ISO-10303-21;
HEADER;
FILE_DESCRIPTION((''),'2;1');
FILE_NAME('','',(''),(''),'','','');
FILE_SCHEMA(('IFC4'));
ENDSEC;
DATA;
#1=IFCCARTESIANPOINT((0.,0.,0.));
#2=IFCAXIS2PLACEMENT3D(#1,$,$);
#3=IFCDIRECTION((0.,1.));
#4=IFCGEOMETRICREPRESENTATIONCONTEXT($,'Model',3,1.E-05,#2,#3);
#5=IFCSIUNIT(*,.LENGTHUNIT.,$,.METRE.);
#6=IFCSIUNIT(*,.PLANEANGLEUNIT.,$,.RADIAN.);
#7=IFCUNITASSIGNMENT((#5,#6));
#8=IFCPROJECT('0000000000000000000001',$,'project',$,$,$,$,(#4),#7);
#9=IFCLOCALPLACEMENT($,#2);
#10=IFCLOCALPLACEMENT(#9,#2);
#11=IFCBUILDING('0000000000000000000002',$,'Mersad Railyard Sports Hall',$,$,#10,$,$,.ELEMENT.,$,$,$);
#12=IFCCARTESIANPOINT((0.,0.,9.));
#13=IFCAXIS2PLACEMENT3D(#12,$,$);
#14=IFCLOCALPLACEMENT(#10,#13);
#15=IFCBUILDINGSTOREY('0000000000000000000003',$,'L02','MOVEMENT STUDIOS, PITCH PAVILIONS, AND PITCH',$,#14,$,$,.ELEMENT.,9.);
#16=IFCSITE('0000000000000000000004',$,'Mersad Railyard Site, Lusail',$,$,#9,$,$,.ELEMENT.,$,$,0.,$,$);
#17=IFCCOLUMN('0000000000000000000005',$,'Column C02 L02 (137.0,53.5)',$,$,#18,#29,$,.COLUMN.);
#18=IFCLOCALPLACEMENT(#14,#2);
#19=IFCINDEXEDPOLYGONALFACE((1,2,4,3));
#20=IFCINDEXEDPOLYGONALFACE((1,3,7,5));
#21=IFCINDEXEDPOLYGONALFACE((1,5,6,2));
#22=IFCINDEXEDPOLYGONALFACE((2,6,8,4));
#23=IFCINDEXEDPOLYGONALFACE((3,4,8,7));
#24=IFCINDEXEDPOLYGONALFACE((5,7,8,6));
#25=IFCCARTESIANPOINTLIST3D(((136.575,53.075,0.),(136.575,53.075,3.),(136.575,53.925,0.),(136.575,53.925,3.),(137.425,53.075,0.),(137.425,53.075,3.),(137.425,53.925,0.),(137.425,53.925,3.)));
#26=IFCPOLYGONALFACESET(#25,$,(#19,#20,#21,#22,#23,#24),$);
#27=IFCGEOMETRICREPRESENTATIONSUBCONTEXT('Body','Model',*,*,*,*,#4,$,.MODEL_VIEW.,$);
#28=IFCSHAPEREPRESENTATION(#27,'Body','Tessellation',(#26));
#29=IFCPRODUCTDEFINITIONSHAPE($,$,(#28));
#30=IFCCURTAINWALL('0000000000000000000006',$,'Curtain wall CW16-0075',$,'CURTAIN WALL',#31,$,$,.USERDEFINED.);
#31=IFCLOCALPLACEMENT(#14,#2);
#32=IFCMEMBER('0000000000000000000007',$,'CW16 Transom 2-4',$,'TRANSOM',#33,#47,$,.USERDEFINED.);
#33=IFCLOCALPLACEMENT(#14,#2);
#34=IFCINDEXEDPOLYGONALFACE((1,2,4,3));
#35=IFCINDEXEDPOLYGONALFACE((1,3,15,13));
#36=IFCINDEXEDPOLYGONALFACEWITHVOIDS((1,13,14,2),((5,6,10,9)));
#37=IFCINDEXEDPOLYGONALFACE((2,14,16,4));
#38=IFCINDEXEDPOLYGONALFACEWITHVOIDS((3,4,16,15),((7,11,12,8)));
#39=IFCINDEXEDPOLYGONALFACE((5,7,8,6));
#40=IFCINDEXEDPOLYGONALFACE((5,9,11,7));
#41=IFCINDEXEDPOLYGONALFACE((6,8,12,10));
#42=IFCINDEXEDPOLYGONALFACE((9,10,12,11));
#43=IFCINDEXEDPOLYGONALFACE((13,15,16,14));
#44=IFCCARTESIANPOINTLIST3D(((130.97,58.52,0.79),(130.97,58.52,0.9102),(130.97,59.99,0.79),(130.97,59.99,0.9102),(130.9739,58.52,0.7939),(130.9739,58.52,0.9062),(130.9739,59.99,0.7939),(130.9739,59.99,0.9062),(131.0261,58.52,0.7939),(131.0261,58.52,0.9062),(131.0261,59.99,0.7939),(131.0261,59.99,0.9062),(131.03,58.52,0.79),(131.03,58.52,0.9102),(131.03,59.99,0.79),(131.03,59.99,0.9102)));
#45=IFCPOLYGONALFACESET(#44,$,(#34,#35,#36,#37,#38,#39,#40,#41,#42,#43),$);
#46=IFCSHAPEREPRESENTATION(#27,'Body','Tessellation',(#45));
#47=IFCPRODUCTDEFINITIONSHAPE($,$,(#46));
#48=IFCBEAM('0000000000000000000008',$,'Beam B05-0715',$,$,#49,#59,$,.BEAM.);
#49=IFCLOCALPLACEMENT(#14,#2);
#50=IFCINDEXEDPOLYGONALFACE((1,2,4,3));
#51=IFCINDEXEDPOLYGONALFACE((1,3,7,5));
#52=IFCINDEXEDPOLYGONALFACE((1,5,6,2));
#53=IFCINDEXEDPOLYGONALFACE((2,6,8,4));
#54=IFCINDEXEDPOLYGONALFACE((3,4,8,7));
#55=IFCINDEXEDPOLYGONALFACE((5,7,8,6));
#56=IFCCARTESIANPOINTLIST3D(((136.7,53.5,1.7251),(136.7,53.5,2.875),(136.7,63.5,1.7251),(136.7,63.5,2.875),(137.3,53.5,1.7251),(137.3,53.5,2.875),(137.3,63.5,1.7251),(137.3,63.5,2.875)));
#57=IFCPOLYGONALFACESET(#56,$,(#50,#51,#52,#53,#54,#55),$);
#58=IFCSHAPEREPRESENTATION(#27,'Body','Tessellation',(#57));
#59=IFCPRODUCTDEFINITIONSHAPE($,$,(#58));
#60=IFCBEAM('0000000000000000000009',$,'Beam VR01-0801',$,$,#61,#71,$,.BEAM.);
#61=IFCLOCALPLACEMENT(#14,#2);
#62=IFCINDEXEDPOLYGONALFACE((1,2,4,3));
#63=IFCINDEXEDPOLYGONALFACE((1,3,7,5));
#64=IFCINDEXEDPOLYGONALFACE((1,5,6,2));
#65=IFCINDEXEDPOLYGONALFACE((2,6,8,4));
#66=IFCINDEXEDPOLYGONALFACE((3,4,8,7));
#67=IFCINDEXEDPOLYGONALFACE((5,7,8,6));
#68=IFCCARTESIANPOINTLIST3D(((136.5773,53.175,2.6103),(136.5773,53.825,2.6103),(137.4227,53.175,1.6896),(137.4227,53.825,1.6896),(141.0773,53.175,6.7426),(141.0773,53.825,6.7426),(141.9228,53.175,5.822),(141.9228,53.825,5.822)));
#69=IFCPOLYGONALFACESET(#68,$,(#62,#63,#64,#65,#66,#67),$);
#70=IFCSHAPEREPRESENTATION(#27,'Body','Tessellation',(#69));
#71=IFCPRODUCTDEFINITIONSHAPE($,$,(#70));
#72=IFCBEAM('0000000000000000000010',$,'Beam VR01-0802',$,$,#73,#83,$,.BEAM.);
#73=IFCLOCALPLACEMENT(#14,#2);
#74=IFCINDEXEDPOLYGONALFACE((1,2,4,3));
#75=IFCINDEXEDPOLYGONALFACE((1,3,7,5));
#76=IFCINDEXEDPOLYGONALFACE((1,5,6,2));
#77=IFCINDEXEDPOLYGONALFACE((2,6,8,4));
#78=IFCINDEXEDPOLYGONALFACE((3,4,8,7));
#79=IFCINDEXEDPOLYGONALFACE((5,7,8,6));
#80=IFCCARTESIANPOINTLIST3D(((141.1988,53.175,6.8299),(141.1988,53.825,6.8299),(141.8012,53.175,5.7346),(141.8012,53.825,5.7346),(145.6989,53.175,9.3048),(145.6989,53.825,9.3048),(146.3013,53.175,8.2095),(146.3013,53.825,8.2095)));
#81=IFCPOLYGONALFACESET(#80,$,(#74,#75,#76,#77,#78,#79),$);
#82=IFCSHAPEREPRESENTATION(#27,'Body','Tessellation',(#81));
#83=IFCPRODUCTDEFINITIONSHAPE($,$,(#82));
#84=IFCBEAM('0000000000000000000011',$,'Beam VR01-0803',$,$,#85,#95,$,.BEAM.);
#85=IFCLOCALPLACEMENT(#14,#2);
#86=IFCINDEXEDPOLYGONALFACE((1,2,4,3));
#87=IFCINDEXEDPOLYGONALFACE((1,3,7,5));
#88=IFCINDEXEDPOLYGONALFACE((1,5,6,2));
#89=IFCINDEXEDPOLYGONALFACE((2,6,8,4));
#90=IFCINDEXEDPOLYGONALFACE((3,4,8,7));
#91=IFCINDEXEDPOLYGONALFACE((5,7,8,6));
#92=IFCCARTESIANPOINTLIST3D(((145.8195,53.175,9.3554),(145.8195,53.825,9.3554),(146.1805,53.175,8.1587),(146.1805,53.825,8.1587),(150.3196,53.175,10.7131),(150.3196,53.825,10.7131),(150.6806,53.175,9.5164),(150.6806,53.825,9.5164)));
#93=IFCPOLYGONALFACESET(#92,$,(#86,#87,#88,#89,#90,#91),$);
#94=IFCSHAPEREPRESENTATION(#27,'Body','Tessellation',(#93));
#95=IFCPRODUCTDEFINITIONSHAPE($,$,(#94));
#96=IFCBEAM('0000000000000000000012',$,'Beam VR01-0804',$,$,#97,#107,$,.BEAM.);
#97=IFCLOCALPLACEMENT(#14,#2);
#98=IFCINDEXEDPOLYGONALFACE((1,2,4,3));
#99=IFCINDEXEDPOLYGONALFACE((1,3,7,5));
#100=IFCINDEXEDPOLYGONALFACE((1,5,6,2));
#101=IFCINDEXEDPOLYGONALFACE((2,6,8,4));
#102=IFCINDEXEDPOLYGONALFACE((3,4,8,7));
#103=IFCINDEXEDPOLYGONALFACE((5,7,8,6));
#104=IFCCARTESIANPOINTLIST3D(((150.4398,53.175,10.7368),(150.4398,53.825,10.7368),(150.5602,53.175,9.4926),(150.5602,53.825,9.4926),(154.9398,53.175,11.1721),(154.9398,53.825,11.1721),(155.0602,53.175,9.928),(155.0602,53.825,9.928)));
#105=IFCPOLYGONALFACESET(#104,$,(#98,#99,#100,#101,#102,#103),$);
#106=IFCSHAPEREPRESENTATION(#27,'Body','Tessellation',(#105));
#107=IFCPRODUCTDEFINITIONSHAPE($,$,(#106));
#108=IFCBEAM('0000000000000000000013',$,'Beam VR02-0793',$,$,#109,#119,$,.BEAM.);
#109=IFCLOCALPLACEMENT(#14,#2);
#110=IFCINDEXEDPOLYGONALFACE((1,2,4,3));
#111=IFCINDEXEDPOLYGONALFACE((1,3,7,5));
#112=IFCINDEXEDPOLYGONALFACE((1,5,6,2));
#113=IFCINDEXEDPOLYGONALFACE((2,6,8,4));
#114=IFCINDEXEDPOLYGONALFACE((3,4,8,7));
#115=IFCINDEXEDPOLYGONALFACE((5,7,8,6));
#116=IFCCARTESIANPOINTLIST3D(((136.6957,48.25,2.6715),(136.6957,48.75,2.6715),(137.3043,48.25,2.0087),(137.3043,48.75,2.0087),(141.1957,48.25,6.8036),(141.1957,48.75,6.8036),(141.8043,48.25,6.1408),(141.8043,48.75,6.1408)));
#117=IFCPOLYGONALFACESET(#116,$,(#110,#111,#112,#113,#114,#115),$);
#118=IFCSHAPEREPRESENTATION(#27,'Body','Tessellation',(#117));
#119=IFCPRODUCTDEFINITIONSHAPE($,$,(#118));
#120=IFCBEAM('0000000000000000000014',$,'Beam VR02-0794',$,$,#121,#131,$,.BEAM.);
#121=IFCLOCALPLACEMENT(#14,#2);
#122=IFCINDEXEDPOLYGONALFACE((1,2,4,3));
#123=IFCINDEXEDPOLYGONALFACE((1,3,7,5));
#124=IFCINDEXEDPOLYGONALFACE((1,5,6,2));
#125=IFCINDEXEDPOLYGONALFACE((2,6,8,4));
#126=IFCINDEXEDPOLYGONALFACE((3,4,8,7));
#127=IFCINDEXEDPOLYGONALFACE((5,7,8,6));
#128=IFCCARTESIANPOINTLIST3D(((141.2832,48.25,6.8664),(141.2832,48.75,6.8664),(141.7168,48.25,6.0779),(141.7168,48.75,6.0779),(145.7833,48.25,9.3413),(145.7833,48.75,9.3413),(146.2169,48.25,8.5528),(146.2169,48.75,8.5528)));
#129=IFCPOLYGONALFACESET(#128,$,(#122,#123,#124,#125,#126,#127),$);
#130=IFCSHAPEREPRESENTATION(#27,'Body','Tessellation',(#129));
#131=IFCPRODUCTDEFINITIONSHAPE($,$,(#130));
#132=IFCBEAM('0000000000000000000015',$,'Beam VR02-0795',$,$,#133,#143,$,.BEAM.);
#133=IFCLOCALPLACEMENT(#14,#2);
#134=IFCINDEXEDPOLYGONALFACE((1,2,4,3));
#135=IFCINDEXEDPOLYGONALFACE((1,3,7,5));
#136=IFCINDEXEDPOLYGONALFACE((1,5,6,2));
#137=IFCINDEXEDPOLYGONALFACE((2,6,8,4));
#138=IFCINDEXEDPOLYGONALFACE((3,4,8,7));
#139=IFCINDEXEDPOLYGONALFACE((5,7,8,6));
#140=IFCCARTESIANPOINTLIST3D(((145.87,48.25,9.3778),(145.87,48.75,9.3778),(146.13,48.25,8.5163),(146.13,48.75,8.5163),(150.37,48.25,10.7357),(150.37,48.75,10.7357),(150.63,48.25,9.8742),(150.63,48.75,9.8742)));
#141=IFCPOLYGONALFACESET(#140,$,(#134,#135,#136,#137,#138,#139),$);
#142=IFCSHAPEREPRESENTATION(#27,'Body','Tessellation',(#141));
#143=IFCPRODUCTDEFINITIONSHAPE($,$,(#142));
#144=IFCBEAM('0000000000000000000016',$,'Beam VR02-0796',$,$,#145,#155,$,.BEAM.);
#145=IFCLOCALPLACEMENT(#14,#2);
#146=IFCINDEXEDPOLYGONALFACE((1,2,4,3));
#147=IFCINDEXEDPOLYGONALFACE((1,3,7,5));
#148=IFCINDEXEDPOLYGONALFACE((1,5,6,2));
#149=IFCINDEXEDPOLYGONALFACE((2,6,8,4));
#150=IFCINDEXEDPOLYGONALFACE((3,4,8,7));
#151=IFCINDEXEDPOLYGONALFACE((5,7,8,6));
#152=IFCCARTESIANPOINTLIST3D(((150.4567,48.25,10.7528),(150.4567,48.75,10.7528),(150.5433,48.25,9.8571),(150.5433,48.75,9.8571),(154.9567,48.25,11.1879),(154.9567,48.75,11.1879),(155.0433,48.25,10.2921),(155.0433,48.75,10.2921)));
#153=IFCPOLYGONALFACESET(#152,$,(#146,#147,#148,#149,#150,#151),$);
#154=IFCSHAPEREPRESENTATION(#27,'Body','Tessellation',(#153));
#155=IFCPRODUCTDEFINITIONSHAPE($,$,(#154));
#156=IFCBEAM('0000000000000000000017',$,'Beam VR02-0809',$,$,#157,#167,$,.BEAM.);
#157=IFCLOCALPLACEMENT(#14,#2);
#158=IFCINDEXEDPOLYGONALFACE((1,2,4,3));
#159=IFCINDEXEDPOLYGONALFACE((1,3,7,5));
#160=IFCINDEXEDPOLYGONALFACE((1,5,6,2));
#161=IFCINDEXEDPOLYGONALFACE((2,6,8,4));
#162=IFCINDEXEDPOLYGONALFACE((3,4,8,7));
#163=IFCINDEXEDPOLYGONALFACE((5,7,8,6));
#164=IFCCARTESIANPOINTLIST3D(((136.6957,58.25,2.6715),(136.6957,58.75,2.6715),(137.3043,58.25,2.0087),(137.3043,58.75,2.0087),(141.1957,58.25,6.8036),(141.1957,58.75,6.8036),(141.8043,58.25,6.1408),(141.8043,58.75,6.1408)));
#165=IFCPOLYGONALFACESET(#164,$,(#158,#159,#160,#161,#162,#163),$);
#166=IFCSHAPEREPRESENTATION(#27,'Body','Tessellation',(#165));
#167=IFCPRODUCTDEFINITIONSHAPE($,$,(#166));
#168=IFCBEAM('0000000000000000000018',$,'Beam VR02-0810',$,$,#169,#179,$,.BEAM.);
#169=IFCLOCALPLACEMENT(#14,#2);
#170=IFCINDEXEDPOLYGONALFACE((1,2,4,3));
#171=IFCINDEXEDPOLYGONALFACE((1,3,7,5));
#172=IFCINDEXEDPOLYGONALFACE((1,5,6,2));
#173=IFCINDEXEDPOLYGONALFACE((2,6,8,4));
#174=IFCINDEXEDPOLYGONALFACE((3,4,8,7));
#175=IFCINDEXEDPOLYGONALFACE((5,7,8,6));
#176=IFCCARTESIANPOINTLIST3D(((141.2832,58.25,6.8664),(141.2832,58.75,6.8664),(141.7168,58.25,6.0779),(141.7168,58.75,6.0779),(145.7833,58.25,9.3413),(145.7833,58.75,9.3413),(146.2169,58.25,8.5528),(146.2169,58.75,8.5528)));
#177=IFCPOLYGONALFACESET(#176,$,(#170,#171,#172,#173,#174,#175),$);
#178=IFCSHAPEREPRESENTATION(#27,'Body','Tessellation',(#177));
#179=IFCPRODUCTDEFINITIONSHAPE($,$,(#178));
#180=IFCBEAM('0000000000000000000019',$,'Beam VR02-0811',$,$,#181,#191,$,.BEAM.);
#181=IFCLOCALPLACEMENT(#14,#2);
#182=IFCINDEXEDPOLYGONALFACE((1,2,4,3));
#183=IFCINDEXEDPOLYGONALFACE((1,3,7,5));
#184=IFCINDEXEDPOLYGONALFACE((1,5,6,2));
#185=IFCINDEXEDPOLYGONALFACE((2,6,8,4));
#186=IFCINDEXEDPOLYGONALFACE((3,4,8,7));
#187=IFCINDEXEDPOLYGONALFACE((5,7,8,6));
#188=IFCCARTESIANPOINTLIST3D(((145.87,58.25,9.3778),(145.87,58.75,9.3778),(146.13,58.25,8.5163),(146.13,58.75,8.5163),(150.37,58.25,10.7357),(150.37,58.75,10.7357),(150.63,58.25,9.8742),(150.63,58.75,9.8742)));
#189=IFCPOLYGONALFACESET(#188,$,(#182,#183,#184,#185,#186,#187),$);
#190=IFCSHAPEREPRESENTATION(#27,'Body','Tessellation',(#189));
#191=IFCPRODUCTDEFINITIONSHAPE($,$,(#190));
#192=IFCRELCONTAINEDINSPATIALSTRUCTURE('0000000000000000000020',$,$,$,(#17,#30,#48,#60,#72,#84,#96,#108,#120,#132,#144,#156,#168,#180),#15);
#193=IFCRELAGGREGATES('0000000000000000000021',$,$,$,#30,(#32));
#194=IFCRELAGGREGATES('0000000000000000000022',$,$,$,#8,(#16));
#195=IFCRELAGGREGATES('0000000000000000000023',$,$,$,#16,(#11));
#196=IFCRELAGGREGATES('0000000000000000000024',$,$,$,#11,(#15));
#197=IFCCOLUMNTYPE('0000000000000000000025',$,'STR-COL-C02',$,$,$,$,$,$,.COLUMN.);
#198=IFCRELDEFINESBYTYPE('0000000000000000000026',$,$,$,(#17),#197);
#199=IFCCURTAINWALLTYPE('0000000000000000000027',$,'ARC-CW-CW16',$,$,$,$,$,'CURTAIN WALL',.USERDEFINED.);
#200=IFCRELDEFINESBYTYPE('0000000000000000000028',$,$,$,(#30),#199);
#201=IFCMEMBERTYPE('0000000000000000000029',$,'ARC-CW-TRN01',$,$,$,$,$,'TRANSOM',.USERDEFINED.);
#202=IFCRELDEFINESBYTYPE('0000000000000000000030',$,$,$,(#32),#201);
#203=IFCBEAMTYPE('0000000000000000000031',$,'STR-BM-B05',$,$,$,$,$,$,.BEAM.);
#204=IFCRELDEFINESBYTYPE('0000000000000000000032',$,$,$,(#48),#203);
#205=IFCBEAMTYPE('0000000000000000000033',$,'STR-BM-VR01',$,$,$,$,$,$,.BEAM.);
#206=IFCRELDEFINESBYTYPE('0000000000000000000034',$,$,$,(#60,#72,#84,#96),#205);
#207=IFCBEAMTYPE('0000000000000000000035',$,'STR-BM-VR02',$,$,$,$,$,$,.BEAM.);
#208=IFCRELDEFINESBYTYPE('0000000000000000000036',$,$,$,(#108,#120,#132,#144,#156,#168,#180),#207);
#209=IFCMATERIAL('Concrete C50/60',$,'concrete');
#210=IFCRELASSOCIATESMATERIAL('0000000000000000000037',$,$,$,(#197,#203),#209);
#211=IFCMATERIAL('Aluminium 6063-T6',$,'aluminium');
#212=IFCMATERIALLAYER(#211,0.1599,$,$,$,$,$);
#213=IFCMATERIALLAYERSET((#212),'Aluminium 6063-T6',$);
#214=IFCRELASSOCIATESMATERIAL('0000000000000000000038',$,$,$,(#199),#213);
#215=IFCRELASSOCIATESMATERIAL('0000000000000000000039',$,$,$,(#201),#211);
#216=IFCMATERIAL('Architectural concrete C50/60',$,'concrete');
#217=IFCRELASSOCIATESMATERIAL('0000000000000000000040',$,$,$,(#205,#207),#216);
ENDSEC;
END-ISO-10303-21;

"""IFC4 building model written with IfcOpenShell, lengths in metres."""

from ifc_helpers import new_model, si_unit, direction, frame, origin, origin_2d, place, context, subcontext, project, spatial, rectangle, hollow_rectangle, extrude, material, layer, layer_set, material_profile, profile_set, type_object, element, aggregate, save


model = new_model("IFC4")

# Units and contexts
model_context = context("Model", 3, precision=1e-05, world=origin(), true_north=direction((0.0, 1.0)))
body_context = subcontext(model_context, "Body", "Model", "MODEL_VIEW")
ifc_project = project(units=[si_unit("LENGTHUNIT", "METRE"), si_unit("PLANEANGLEUNIT", "RADIAN")], contexts=[model_context])

# Site, building, storey
site_placement = place(None, origin())
site = spatial("IfcSite", under=ifc_project, at=site_placement, Name="Mersad Railyard Site, Lusail", CompositionType="ELEMENT", RefElevation=0.0)
building_placement = place(site_placement, origin())
building = spatial("IfcBuilding", under=site, at=building_placement, Name="Mersad Railyard Sports Hall", CompositionType="ELEMENT")
storey_placement = place(building_placement, frame((0.0, 0.0, 9.0)))
storey = spatial("IfcBuildingStorey", under=building, at=storey_placement, Name="L02", Description="MOVEMENT STUDIOS, PITCH PAVILIONS, AND PITCH", CompositionType="ELEMENT", Elevation=9.0)

# Column
ifc_material_1 = material(Name="Concrete C50/60", Category="concrete")
ifc_material_profile_1 = material_profile(ifc_material_1, rectangle(XDim=0.8501, YDim=0.8501, at=origin_2d()), Name="RC 850x850")
ifc_profile_set_1 = profile_set([ifc_material_profile_1], Name="Concrete C50/60")
column_type = type_object("IfcColumnType", Name="STR-COL-C02", PredefinedType="COLUMN", material=ifc_profile_set_1)
column_placement = place(storey_placement, frame((137.0, 53.5, 0.0), z_axis=(0.0, 0.0, 1.0), x_axis=(1.0, 0.0, 0.0)))
element("IfcColumn", 1, at=column_placement, inside=storey, type_object=column_type, Name="Column C02 L02 (137.0,53.5)", PredefinedType="COLUMN", context=body_context, shape_type="SweptSolid", body=[
    extrude(rectangle(XDim=0.8501, YDim=0.8501, at=origin_2d()), origin(), (0.0, 0.0, 1.0), 3.0),
])

# Curtain wall, member
ifc_material_2 = material(Name="Aluminium 6063-T6", Category="aluminium")
ifc_layer = layer(ifc_material_2, 0.1599)
ifc_layer_set = layer_set([ifc_layer], Name="Aluminium 6063-T6")
curtain_wall_type = type_object("IfcCurtainWallType", Name="ARC-CW-CW16", ElementType="CURTAIN WALL", PredefinedType="USERDEFINED", material=ifc_layer_set)
curtain_wall_placement = place(storey_placement, origin())
curtain_wall = element("IfcCurtainWall", 2, at=curtain_wall_placement, inside=storey, type_object=curtain_wall_type, Name="Curtain wall CW16-0075", ObjectType="CURTAIN WALL", PredefinedType="USERDEFINED")
ifc_material_profile_2 = material_profile(ifc_material_2, hollow_rectangle(XDim=0.0601, YDim=0.1201, WallThickness=0.0039, at=origin_2d()), Name="AL TRANSOM 60x120x4")
ifc_profile_set_2 = profile_set([ifc_material_profile_2], Name="Aluminium 6063-T6")
member_type_1 = type_object("IfcMemberType", Name="ARC-CW-TRN01", ElementType="TRANSOM", PredefinedType="USERDEFINED", material=ifc_profile_set_2)
member_placement = place(storey_placement, frame((131.0, 58.52, 0.8501), z_axis=(0.0, 1.0, 0.0), x_axis=(-1.0, 0.0, 0.0)))
member = element("IfcMember", 3, at=member_placement, type_object=member_type_1, Name="CW16 Transom 2-4", ObjectType="TRANSOM", PredefinedType="USERDEFINED", context=body_context, shape_type="SweptSolid", body=[
    extrude(hollow_rectangle(XDim=0.0601, YDim=0.1201, WallThickness=0.0039, at=origin_2d()), origin(), (0.0, 0.0, 1.0), 1.47),
])
aggregate(curtain_wall, [member])

# Beams
ifc_material_profile_3 = material_profile(ifc_material_1, rectangle(XDim=0.6001, YDim=1.1499, at=origin_2d()), Name="RC 600x1150")
ifc_profile_set_3 = profile_set([ifc_material_profile_3], Name="Concrete C50/60")
beam_type_1 = type_object("IfcBeamType", Name="STR-BM-B05", PredefinedType="BEAM", material=ifc_profile_set_3)
beam_1_placement = place(storey_placement, frame((137.0, 53.5, 2.3), z_axis=(0.0, 1.0, 0.0), x_axis=(-1.0, 0.0, 0.0)))
element("IfcBeam", 4, at=beam_1_placement, inside=storey, type_object=beam_type_1, Name="Beam B05-0715", PredefinedType="BEAM", context=body_context, shape_type="SweptSolid", body=[
    extrude(rectangle(XDim=0.6001, YDim=1.1499, at=origin_2d()), origin(), (0.0, 0.0, 1.0), 10.0),
])
ifc_material_3 = material(Name="Architectural concrete C50/60", Category="concrete")
ifc_material_profile_4 = material_profile(ifc_material_3, rectangle(XDim=0.6499, YDim=1.25, at=origin_2d()), Name="VR 650x1250")
ifc_profile_set_4 = profile_set([ifc_material_profile_4], Name="Architectural concrete C50/60")
beam_type_2 = type_object("IfcBeamType", Name="STR-BM-VR01", PredefinedType="BEAM", material=ifc_profile_set_4)
beam_2_placement = place(storey_placement, frame((137.0, 53.5, 2.1499), z_axis=(0.736557, 0.0, 0.676376), x_axis=(0.0, 1.0, 0.0)))
element("IfcBeam", 5, at=beam_2_placement, inside=storey, type_object=beam_type_2, Name="Beam VR01-0801", PredefinedType="BEAM", context=body_context, shape_type="SweptSolid", body=[
    extrude(rectangle(XDim=0.6499, YDim=1.25, at=origin_2d()), origin(), (0.0, 0.0, 1.0), 6.1096),
])
beam_3_placement = place(storey_placement, frame((141.5, 53.5, 6.2822), z_axis=(0.876228, 0.0, 0.481897), x_axis=(0.0, 1.0, 0.0)))
element("IfcBeam", 6, at=beam_3_placement, inside=storey, type_object=beam_type_2, Name="Beam VR01-0802", PredefinedType="BEAM", context=body_context, shape_type="SweptSolid", body=[
    extrude(rectangle(XDim=0.6499, YDim=1.25, at=origin_2d()), origin(), (0.0, 0.0, 1.0), 5.1357),
])
beam_4_placement = place(storey_placement, frame((146.0, 53.5, 8.7571), z_axis=(0.957376, 0.0, 0.288844), x_axis=(0.0, 1.0, 0.0)))
element("IfcBeam", 7, at=beam_4_placement, inside=storey, type_object=beam_type_2, Name="Beam VR01-0803", PredefinedType="BEAM", context=body_context, shape_type="SweptSolid", body=[
    extrude(rectangle(XDim=0.6499, YDim=1.25, at=origin_2d()), origin(), (0.0, 0.0, 1.0), 4.7004),
])
beam_5_placement = place(storey_placement, frame((150.5, 53.5, 10.1147), z_axis=(0.995354, 0.0, 0.096285), x_axis=(0.0, 1.0, 0.0)))
element("IfcBeam", 8, at=beam_5_placement, inside=storey, type_object=beam_type_2, Name="Beam VR01-0804", PredefinedType="BEAM", context=body_context, shape_type="SweptSolid", body=[
    extrude(rectangle(XDim=0.6499, YDim=1.25, at=origin_2d()), origin(), (0.0, 0.0, 1.0), 4.521),
])
ifc_material_profile_5 = material_profile(ifc_material_3, rectangle(XDim=0.5, YDim=0.8999, at=origin_2d()), Name="VR 500x900")
ifc_profile_set_5 = profile_set([ifc_material_profile_5], Name="Architectural concrete C50/60")
beam_type_3 = type_object("IfcBeamType", Name="STR-BM-VR02", PredefinedType="BEAM", material=ifc_profile_set_5)
beam_6_placement = place(storey_placement, frame((137.0, 48.5, 2.3401), z_axis=(0.736577, 0.0, 0.676354), x_axis=(0.0, 1.0, 0.0)))
element("IfcBeam", 9, at=beam_6_placement, inside=storey, type_object=beam_type_3, Name="Beam VR02-0793", PredefinedType="BEAM", context=body_context, shape_type="SweptSolid", body=[
    extrude(rectangle(XDim=0.5, YDim=0.8999, at=origin_2d()), origin(), (0.0, 0.0, 1.0), 6.1094),
])
beam_7_placement = place(storey_placement, frame((141.5, 48.5, 6.4722), z_axis=(0.876228, 0.0, 0.481897), x_axis=(0.0, 1.0, 0.0)))
element("IfcBeam", 10, at=beam_7_placement, inside=storey, type_object=beam_type_3, Name="Beam VR02-0794", PredefinedType="BEAM", context=body_context, shape_type="SweptSolid", body=[
    extrude(rectangle(XDim=0.5, YDim=0.8999, at=origin_2d()), origin(), (0.0, 0.0, 1.0), 5.1357),
])
beam_8_placement = place(storey_placement, frame((146.0, 48.5, 8.947), z_axis=(0.957362, 0.0, 0.288891), x_axis=(0.0, 1.0, 0.0)))
element("IfcBeam", 11, at=beam_8_placement, inside=storey, type_object=beam_type_3, Name="Beam VR02-0795", PredefinedType="BEAM", context=body_context, shape_type="SweptSolid", body=[
    extrude(rectangle(XDim=0.5, YDim=0.8999, at=origin_2d()), origin(), (0.0, 0.0, 1.0), 4.7004),
])
beam_9_placement = place(storey_placement, frame((150.5, 48.5, 10.3049), z_axis=(0.995359, 0.0, 0.096231), x_axis=(0.0, 1.0, 0.0)))
element("IfcBeam", 12, at=beam_9_placement, inside=storey, type_object=beam_type_3, Name="Beam VR02-0796", PredefinedType="BEAM", context=body_context, shape_type="SweptSolid", body=[
    extrude(rectangle(XDim=0.5, YDim=0.8999, at=origin_2d()), origin(), (0.0, 0.0, 1.0), 4.521),
])
beam_10_placement = place(storey_placement, frame((137.0, 58.5, 2.3401), z_axis=(0.736577, 0.0, 0.676354), x_axis=(0.0, 1.0, 0.0)))
element("IfcBeam", 13, at=beam_10_placement, inside=storey, type_object=beam_type_3, Name="Beam VR02-0809", PredefinedType="BEAM", context=body_context, shape_type="SweptSolid", body=[
    extrude(rectangle(XDim=0.5, YDim=0.8999, at=origin_2d()), origin(), (0.0, 0.0, 1.0), 6.1094),
])
beam_11_placement = place(storey_placement, frame((141.5, 58.5, 6.4722), z_axis=(0.876228, 0.0, 0.481897), x_axis=(0.0, 1.0, 0.0)))
element("IfcBeam", 14, at=beam_11_placement, inside=storey, type_object=beam_type_3, Name="Beam VR02-0810", PredefinedType="BEAM", context=body_context, shape_type="SweptSolid", body=[
    extrude(rectangle(XDim=0.5, YDim=0.8999, at=origin_2d()), origin(), (0.0, 0.0, 1.0), 5.1357),
])
beam_12_placement = place(storey_placement, frame((146.0, 58.5, 8.947), z_axis=(0.957362, 0.0, 0.288891), x_axis=(0.0, 1.0, 0.0)))
element("IfcBeam", 15, at=beam_12_placement, inside=storey, type_object=beam_type_3, Name="Beam VR02-0811", PredefinedType="BEAM", context=body_context, shape_type="SweptSolid", body=[
    extrude(rectangle(XDim=0.5, YDim=0.8999, at=origin_2d()), origin(), (0.0, 0.0, 1.0), 4.7004),
])

save(model, "model.ifc")
